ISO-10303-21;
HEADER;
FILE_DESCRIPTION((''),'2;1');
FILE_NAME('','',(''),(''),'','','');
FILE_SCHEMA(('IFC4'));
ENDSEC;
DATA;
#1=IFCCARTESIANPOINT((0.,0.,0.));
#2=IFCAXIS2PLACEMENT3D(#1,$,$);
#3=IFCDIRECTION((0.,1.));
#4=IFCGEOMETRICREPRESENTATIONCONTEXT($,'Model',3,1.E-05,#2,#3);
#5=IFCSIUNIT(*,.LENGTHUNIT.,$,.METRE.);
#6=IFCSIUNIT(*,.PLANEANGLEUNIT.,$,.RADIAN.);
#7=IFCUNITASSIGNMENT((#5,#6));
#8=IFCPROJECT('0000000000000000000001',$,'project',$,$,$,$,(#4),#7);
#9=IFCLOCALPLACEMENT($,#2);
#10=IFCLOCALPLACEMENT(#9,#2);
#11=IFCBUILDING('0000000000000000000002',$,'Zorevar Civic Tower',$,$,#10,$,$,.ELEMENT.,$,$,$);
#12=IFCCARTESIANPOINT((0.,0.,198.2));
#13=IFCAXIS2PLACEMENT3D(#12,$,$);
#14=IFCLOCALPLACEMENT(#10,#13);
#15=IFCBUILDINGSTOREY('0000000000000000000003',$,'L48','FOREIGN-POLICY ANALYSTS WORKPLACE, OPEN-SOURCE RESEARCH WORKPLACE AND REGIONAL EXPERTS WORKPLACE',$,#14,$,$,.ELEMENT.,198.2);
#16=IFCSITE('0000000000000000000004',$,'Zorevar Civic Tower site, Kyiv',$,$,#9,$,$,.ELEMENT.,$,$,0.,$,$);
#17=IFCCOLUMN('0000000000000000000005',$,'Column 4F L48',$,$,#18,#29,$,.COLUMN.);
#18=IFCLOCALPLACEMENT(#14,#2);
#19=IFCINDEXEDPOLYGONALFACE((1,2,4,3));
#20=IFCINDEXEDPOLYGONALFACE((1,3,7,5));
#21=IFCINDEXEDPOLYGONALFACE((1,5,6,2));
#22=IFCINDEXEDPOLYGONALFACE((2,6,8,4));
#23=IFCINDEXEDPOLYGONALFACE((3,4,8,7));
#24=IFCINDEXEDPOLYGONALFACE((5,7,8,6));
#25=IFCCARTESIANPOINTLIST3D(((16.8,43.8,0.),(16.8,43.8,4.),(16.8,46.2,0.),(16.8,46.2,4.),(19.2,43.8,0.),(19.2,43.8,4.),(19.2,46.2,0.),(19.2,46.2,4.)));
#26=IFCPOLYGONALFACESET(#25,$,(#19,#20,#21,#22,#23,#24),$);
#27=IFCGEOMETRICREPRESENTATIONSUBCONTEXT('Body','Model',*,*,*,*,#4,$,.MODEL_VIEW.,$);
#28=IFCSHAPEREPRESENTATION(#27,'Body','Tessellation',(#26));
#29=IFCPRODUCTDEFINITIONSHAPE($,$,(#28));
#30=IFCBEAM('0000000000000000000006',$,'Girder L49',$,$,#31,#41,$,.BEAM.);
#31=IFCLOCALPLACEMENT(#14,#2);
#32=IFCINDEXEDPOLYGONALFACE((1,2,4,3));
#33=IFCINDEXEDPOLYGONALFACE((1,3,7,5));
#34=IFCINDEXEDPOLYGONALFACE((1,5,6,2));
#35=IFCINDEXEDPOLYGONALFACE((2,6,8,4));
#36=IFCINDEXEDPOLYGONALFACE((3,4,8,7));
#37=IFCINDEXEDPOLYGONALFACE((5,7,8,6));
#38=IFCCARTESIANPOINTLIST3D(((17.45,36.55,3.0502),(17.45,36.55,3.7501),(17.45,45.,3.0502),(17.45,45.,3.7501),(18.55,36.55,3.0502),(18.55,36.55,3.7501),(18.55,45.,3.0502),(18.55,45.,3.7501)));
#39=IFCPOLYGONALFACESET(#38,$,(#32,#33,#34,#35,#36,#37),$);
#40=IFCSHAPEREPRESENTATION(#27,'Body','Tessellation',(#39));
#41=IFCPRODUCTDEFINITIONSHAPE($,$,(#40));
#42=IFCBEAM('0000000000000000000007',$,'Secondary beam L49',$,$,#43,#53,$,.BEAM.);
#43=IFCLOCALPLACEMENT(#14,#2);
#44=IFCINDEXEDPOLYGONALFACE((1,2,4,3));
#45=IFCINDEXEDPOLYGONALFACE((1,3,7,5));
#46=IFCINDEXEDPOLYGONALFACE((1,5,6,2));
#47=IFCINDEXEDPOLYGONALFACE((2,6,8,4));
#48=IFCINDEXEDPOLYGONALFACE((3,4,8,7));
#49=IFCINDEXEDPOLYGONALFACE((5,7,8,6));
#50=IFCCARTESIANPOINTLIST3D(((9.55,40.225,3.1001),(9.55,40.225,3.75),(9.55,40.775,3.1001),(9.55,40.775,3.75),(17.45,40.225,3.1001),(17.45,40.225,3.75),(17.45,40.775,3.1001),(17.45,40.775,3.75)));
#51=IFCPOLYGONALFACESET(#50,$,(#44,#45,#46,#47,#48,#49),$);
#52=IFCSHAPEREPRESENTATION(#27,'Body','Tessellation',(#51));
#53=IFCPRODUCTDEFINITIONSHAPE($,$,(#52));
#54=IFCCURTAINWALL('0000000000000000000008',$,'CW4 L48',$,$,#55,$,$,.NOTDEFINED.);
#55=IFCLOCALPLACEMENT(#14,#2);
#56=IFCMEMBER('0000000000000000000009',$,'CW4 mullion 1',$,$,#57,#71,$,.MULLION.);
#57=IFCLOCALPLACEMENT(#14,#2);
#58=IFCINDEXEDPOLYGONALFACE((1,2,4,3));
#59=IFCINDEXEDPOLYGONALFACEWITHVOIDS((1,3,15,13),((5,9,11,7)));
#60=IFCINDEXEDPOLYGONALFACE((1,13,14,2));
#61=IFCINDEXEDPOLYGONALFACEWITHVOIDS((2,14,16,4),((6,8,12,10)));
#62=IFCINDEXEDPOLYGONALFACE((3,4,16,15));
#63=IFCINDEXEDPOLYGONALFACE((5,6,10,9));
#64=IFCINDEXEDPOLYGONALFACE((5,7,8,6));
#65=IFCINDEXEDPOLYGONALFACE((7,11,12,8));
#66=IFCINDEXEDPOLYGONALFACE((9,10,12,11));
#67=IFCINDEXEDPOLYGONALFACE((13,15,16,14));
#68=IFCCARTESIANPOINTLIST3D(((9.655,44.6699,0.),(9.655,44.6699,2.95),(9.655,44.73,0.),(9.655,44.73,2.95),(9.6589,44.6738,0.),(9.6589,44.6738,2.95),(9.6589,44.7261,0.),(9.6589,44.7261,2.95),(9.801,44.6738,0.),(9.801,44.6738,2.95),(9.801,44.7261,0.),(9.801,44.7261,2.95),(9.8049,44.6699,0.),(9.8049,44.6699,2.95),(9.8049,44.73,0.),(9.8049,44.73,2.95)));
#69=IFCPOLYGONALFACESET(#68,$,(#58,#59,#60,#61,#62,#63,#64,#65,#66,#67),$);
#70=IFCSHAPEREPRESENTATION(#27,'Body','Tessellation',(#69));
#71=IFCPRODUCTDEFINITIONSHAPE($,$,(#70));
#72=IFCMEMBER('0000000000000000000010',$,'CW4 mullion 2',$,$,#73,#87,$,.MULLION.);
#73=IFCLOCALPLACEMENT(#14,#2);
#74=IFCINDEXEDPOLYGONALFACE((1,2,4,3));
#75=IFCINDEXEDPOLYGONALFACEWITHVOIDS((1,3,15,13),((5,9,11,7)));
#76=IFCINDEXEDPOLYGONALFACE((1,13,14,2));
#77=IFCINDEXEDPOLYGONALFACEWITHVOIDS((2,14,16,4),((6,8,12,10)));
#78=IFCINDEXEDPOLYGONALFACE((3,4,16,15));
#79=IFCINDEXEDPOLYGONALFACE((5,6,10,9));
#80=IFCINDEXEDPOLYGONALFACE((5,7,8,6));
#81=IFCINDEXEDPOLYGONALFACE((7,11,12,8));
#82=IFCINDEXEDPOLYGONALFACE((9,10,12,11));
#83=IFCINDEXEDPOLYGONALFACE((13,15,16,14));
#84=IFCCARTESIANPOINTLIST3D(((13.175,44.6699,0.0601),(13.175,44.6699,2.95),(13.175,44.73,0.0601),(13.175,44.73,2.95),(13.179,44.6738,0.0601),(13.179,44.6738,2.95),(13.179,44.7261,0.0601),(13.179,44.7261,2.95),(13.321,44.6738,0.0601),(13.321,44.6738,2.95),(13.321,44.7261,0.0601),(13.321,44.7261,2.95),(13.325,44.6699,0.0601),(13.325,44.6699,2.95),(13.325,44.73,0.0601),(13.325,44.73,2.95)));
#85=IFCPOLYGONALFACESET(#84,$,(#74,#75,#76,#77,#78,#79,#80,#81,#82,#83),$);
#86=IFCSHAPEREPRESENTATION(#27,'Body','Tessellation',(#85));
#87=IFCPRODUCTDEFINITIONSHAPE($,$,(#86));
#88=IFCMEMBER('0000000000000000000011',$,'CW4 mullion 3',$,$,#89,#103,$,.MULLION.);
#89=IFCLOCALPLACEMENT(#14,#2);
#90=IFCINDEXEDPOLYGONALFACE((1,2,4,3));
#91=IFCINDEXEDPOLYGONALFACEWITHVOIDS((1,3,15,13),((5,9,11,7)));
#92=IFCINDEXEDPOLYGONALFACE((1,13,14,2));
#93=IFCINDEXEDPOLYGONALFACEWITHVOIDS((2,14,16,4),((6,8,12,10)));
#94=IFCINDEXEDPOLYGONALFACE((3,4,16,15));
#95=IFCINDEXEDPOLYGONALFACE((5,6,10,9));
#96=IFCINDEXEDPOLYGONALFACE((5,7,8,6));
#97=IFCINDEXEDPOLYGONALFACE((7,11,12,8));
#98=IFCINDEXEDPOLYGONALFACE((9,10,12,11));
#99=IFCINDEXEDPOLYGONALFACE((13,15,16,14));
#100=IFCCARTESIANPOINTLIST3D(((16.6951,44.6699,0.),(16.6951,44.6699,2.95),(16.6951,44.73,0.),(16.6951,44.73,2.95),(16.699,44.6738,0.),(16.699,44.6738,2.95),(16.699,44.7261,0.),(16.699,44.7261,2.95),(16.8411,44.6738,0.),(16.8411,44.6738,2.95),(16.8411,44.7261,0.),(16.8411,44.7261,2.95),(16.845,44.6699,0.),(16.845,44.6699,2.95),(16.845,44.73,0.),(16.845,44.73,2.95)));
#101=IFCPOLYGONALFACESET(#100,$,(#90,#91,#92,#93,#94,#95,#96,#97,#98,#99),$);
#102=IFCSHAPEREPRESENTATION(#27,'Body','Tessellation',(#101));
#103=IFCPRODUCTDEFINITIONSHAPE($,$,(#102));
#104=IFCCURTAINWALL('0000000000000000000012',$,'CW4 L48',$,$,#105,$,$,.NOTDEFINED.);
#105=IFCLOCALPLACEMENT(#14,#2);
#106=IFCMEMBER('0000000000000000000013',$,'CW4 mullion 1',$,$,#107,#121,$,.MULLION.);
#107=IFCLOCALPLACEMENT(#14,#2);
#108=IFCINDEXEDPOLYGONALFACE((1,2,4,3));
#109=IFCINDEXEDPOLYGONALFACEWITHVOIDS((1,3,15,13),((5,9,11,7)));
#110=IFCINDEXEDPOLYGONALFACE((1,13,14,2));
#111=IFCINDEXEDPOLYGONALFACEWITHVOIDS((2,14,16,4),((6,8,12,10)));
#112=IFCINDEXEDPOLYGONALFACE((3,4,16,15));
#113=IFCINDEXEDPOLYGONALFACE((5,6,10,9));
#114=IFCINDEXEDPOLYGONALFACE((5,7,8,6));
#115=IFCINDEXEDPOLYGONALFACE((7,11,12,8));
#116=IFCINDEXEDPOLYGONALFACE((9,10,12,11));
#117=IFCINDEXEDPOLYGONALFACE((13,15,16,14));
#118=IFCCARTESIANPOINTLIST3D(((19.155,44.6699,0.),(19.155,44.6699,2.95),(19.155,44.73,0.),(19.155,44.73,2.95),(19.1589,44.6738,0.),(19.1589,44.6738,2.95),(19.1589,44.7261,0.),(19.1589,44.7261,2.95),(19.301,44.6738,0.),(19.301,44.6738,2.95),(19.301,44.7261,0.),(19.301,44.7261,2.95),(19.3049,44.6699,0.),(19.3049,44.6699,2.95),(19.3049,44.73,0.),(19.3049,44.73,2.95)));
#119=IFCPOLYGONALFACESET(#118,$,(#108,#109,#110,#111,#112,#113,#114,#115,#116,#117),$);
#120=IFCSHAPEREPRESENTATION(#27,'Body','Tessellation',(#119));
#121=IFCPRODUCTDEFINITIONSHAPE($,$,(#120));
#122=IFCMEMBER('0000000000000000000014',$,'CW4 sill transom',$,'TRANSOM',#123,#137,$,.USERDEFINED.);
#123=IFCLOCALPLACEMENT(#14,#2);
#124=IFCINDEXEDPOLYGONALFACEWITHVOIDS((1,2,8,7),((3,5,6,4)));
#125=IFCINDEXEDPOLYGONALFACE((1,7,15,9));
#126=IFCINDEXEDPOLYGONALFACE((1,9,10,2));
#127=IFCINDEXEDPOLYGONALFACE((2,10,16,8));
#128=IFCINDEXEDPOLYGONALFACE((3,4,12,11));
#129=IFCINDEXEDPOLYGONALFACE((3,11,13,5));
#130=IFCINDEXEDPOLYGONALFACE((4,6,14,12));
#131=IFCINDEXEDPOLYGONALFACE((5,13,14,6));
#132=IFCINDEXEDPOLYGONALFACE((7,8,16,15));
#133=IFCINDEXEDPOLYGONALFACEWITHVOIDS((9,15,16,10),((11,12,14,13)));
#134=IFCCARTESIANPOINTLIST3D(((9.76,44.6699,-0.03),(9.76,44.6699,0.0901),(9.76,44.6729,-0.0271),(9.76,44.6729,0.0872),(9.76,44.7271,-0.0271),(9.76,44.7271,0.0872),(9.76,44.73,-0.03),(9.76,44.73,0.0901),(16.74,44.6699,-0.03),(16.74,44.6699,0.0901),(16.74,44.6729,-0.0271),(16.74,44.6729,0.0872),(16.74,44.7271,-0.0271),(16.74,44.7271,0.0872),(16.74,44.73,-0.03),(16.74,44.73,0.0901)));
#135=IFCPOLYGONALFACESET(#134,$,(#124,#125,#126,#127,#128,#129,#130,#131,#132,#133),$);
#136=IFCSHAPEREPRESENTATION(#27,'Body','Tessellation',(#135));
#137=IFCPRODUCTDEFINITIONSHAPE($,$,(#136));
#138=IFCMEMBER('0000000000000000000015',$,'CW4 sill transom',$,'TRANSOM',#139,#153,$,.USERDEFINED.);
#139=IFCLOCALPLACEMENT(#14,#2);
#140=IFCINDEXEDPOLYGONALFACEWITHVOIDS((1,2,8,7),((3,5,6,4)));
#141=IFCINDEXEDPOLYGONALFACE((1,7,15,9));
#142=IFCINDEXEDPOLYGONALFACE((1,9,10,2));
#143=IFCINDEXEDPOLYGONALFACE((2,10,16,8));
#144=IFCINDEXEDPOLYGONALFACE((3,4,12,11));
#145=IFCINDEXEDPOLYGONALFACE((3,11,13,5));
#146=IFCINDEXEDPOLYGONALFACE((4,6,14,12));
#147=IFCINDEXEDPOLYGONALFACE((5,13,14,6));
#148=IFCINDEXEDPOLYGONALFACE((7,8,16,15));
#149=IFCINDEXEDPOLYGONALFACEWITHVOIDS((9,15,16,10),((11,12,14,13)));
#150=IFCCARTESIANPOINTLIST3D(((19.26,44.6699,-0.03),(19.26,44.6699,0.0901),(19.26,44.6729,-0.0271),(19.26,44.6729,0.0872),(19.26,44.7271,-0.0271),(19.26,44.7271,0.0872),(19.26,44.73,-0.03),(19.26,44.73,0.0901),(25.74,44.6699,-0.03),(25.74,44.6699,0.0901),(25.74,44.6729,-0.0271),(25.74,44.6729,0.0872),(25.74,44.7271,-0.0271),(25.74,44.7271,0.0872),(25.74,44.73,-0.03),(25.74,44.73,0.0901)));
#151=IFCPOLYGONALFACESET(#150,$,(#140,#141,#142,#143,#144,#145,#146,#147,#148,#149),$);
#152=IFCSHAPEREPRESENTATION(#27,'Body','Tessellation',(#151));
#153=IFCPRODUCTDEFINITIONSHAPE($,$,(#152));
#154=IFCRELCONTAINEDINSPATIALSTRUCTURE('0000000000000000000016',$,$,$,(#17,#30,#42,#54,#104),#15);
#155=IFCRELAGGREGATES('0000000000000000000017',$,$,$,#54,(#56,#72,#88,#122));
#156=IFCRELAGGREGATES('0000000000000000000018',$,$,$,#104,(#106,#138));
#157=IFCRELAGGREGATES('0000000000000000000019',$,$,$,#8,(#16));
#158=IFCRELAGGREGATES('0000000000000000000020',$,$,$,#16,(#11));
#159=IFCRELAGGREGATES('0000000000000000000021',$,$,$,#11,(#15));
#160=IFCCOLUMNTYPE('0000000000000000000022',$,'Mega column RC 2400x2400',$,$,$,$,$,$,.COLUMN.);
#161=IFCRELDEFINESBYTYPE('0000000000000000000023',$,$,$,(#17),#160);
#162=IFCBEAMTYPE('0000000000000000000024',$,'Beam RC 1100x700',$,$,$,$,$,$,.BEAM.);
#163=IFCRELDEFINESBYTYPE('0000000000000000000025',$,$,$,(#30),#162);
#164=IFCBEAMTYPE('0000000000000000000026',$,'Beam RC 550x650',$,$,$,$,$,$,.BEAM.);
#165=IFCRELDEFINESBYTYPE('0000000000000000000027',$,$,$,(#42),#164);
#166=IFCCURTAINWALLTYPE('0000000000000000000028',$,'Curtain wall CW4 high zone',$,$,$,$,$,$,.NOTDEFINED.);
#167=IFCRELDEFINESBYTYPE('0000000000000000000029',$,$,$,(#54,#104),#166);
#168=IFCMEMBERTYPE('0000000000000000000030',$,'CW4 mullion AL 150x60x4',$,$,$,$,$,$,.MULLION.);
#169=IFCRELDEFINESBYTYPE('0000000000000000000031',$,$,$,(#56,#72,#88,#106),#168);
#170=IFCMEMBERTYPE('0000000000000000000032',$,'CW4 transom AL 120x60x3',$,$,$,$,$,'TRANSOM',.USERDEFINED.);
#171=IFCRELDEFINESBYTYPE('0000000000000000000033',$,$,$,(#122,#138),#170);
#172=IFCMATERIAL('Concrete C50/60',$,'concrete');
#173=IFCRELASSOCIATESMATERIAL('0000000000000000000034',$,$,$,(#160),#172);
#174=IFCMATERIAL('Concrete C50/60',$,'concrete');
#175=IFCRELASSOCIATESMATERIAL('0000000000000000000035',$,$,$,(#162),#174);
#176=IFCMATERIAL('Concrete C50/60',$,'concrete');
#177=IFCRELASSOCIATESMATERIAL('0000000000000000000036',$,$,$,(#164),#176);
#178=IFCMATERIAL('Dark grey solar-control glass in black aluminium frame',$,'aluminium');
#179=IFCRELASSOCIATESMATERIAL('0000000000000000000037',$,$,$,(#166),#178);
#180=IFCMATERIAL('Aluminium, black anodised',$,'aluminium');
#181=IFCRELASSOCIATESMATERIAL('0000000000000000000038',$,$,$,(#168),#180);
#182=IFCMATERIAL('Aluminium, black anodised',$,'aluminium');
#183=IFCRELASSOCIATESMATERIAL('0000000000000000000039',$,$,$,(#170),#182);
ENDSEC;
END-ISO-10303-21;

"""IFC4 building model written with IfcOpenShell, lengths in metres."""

from ifc_helpers import new_model, si_unit, direction, frame, origin, origin_2d, place, context, subcontext, project, spatial, rectangle, hollow_rectangle, extrude, material, material_profile, profile_set, type_object, element, aggregate, save


model = new_model("IFC4")

# Units and contexts
model_context = context("Model", 3, precision=1e-05, world=origin(), true_north=direction((0.0, 1.0)))
body_context = subcontext(model_context, "Body", "Model", "MODEL_VIEW")
ifc_project = project(units=[si_unit("LENGTHUNIT", "METRE"), si_unit("PLANEANGLEUNIT", "RADIAN")], contexts=[model_context])

# Site, building, storey
site_placement = place(None, origin())
site = spatial("IfcSite", under=ifc_project, at=site_placement, Name="Zorevar Civic Tower site, Kyiv", CompositionType="ELEMENT", RefElevation=0.0)
building_placement = place(site_placement, origin())
building = spatial("IfcBuilding", under=site, at=building_placement, Name="Zorevar Civic Tower", CompositionType="ELEMENT")
storey_placement = place(building_placement, frame((0.0, 0.0, 198.2)))
storey = spatial("IfcBuildingStorey", under=building, at=storey_placement, Name="L48", Description="FOREIGN-POLICY ANALYSTS WORKPLACE, OPEN-SOURCE RESEARCH WORKPLACE AND REGIONAL EXPERTS WORKPLACE", CompositionType="ELEMENT", Elevation=198.2)

# Column
ifc_material_1 = material(Name="Concrete C50/60", Category="concrete")
ifc_material_profile_1 = material_profile(ifc_material_1, rectangle(XDim=2.3999, YDim=2.3999, at=origin_2d()), Name="RC 2400x2400")
ifc_profile_set_1 = profile_set([ifc_material_profile_1], Name="Concrete C50/60")
column_type = type_object("IfcColumnType", Name="Mega column RC 2400x2400", PredefinedType="COLUMN", material=ifc_profile_set_1)
column_placement = place(storey_placement, frame((18.0, 45.0, 0.0), z_axis=(0.0, 0.0, 1.0), x_axis=(1.0, 0.0, 0.0)))
element("IfcColumn", 1, at=column_placement, inside=storey, type_object=column_type, Name="Column 4F L48", PredefinedType="COLUMN", context=body_context, shape_type="SweptSolid", body=[
    extrude(rectangle(XDim=2.3999, YDim=2.3999, at=origin_2d()), origin(), (0.0, 0.0, 1.0), 4.0),
])

# Beams
ifc_material_2 = material(Name="Concrete C50/60", Category="concrete")
ifc_material_profile_2 = material_profile(ifc_material_2, rectangle(XDim=1.1001, YDim=0.7, at=origin_2d()), Name="RC 1100x700")
ifc_profile_set_2 = profile_set([ifc_material_profile_2], Name="Concrete C50/60")
beam_type_1 = type_object("IfcBeamType", Name="Beam RC 1100x700", PredefinedType="BEAM", material=ifc_profile_set_2)
beam_1_placement = place(storey_placement, frame((18.0, 36.55, 3.4001), z_axis=(0.0, 1.0, 0.0), x_axis=(-1.0, 0.0, 0.0)))
element("IfcBeam", 2, at=beam_1_placement, inside=storey, type_object=beam_type_1, Name="Girder L49", PredefinedType="BEAM", context=body_context, shape_type="SweptSolid", body=[
    extrude(rectangle(XDim=1.1001, YDim=0.7, at=origin_2d()), origin(), (0.0, 0.0, 1.0), 8.45),
])
ifc_material_3 = material(Name="Concrete C50/60", Category="concrete")
ifc_material_profile_3 = material_profile(ifc_material_3, rectangle(XDim=0.55, YDim=0.6499, at=origin_2d()), Name="RC 550x650")
ifc_profile_set_3 = profile_set([ifc_material_profile_3], Name="Concrete C50/60")
beam_type_2 = type_object("IfcBeamType", Name="Beam RC 550x650", PredefinedType="BEAM", material=ifc_profile_set_3)
beam_2_placement = place(storey_placement, frame((9.55, 40.5, 3.425), z_axis=(1.0, 0.0, 0.0), x_axis=(0.0, 1.0, 0.0)))
element("IfcBeam", 3, at=beam_2_placement, inside=storey, type_object=beam_type_2, Name="Secondary beam L49", PredefinedType="BEAM", context=body_context, shape_type="SweptSolid", body=[
    extrude(rectangle(XDim=0.55, YDim=0.6499, at=origin_2d()), origin(), (0.0, 0.0, 1.0), 7.8999),
])

# Curtain wall, members
ifc_material_4 = material(Name="Dark grey solar-control glass in black aluminium frame", Category="aluminium")
curtain_wall_type = type_object("IfcCurtainWallType", Name="Curtain wall CW4 high zone", PredefinedType="NOTDEFINED", material=ifc_material_4)
curtain_wall_1_placement = place(storey_placement, origin())
curtain_wall_1 = element("IfcCurtainWall", 4, at=curtain_wall_1_placement, inside=storey, type_object=curtain_wall_type, Name="CW4 L48", PredefinedType="NOTDEFINED")
ifc_material_5 = material(Name="Aluminium, black anodised", Category="aluminium")
ifc_material_profile_4 = material_profile(ifc_material_5, hollow_rectangle(XDim=0.0601, YDim=0.1499, WallThickness=0.0039, at=origin_2d()), Name="AL 150x60x4")
ifc_profile_set_4 = profile_set([ifc_material_profile_4], Name="Aluminium, black anodised")
member_type_1 = type_object("IfcMemberType", Name="CW4 mullion AL 150x60x4", PredefinedType="MULLION", material=ifc_profile_set_4)
member_1_placement = place(storey_placement, frame((9.73, 44.7, 0.0), z_axis=(0.0, 0.0, 1.0), x_axis=(0.0, 1.0, 0.0)))
member_1 = element("IfcMember", 5, at=member_1_placement, type_object=member_type_1, Name="CW4 mullion 1", PredefinedType="MULLION", context=body_context, shape_type="SweptSolid", body=[
    extrude(hollow_rectangle(XDim=0.0601, YDim=0.1499, WallThickness=0.0039, at=origin_2d()), origin(), (0.0, 0.0, 1.0), 2.95),
])
member_2_placement = place(storey_placement, frame((13.25, 44.7, 0.0601), z_axis=(0.0, 0.0, 1.0), x_axis=(0.0, 1.0, 0.0)))
member_2 = element("IfcMember", 6, at=member_2_placement, type_object=member_type_1, Name="CW4 mullion 2", PredefinedType="MULLION", context=body_context, shape_type="SweptSolid", body=[
    extrude(hollow_rectangle(XDim=0.0601, YDim=0.1499, WallThickness=0.0039, at=origin_2d()), origin(), (0.0, 0.0, 1.0), 2.8899),
])
member_3_placement = place(storey_placement, frame((16.77, 44.7, 0.0), z_axis=(0.0, 0.0, 1.0), x_axis=(0.0, 1.0, 0.0)))
member_3 = element("IfcMember", 7, at=member_3_placement, type_object=member_type_1, Name="CW4 mullion 3", PredefinedType="MULLION", context=body_context, shape_type="SweptSolid", body=[
    extrude(hollow_rectangle(XDim=0.0601, YDim=0.1499, WallThickness=0.0039, at=origin_2d()), origin(), (0.0, 0.0, 1.0), 2.95),
])

# Curtain wall, member
curtain_wall_2_placement = place(storey_placement, origin())
curtain_wall_2 = element("IfcCurtainWall", 8, at=curtain_wall_2_placement, inside=storey, type_object=curtain_wall_type, Name="CW4 L48", PredefinedType="NOTDEFINED")
member_4_placement = place(storey_placement, frame((19.23, 44.7, 0.0), z_axis=(0.0, 0.0, 1.0), x_axis=(0.0, 1.0, 0.0)))
member_4 = element("IfcMember", 9, at=member_4_placement, type_object=member_type_1, Name="CW4 mullion 1", PredefinedType="MULLION", context=body_context, shape_type="SweptSolid", body=[
    extrude(hollow_rectangle(XDim=0.0601, YDim=0.1499, WallThickness=0.0039, at=origin_2d()), origin(), (0.0, 0.0, 1.0), 2.95),
])

# Members
ifc_material_6 = material(Name="Aluminium, black anodised", Category="aluminium")
ifc_material_profile_5 = material_profile(ifc_material_6, hollow_rectangle(XDim=0.0601, YDim=0.1201, WallThickness=0.0029, at=origin_2d()), Name="AL 120x60x3")
ifc_profile_set_5 = profile_set([ifc_material_profile_5], Name="Aluminium, black anodised")
member_type_2 = type_object("IfcMemberType", Name="CW4 transom AL 120x60x3", ElementType="TRANSOM", PredefinedType="USERDEFINED", material=ifc_profile_set_5)
member_5_placement = place(storey_placement, frame((9.76, 44.7, 0.03), z_axis=(1.0, 0.0, 0.0), x_axis=(0.0, 1.0, 0.0)))
member_5 = element("IfcMember", 10, at=member_5_placement, type_object=member_type_2, Name="CW4 sill transom", ObjectType="TRANSOM", PredefinedType="USERDEFINED", context=body_context, shape_type="SweptSolid", body=[
    extrude(hollow_rectangle(XDim=0.0601, YDim=0.1201, WallThickness=0.0029, at=origin_2d()), origin(), (0.0, 0.0, 1.0), 6.98),
])
member_6_placement = place(storey_placement, frame((19.26, 44.7, 0.03), z_axis=(1.0, 0.0, 0.0), x_axis=(0.0, 1.0, 0.0)))
member_6 = element("IfcMember", 11, at=member_6_placement, type_object=member_type_2, Name="CW4 sill transom", ObjectType="TRANSOM", PredefinedType="USERDEFINED", context=body_context, shape_type="SweptSolid", body=[
    extrude(hollow_rectangle(XDim=0.0601, YDim=0.1201, WallThickness=0.0029, at=origin_2d()), origin(), (0.0, 0.0, 1.0), 6.48),
])

aggregate(curtain_wall_1, [member_1, member_2, member_3, member_5])
aggregate(curtain_wall_2, [member_4, member_6])

save(model, "model.ifc")
